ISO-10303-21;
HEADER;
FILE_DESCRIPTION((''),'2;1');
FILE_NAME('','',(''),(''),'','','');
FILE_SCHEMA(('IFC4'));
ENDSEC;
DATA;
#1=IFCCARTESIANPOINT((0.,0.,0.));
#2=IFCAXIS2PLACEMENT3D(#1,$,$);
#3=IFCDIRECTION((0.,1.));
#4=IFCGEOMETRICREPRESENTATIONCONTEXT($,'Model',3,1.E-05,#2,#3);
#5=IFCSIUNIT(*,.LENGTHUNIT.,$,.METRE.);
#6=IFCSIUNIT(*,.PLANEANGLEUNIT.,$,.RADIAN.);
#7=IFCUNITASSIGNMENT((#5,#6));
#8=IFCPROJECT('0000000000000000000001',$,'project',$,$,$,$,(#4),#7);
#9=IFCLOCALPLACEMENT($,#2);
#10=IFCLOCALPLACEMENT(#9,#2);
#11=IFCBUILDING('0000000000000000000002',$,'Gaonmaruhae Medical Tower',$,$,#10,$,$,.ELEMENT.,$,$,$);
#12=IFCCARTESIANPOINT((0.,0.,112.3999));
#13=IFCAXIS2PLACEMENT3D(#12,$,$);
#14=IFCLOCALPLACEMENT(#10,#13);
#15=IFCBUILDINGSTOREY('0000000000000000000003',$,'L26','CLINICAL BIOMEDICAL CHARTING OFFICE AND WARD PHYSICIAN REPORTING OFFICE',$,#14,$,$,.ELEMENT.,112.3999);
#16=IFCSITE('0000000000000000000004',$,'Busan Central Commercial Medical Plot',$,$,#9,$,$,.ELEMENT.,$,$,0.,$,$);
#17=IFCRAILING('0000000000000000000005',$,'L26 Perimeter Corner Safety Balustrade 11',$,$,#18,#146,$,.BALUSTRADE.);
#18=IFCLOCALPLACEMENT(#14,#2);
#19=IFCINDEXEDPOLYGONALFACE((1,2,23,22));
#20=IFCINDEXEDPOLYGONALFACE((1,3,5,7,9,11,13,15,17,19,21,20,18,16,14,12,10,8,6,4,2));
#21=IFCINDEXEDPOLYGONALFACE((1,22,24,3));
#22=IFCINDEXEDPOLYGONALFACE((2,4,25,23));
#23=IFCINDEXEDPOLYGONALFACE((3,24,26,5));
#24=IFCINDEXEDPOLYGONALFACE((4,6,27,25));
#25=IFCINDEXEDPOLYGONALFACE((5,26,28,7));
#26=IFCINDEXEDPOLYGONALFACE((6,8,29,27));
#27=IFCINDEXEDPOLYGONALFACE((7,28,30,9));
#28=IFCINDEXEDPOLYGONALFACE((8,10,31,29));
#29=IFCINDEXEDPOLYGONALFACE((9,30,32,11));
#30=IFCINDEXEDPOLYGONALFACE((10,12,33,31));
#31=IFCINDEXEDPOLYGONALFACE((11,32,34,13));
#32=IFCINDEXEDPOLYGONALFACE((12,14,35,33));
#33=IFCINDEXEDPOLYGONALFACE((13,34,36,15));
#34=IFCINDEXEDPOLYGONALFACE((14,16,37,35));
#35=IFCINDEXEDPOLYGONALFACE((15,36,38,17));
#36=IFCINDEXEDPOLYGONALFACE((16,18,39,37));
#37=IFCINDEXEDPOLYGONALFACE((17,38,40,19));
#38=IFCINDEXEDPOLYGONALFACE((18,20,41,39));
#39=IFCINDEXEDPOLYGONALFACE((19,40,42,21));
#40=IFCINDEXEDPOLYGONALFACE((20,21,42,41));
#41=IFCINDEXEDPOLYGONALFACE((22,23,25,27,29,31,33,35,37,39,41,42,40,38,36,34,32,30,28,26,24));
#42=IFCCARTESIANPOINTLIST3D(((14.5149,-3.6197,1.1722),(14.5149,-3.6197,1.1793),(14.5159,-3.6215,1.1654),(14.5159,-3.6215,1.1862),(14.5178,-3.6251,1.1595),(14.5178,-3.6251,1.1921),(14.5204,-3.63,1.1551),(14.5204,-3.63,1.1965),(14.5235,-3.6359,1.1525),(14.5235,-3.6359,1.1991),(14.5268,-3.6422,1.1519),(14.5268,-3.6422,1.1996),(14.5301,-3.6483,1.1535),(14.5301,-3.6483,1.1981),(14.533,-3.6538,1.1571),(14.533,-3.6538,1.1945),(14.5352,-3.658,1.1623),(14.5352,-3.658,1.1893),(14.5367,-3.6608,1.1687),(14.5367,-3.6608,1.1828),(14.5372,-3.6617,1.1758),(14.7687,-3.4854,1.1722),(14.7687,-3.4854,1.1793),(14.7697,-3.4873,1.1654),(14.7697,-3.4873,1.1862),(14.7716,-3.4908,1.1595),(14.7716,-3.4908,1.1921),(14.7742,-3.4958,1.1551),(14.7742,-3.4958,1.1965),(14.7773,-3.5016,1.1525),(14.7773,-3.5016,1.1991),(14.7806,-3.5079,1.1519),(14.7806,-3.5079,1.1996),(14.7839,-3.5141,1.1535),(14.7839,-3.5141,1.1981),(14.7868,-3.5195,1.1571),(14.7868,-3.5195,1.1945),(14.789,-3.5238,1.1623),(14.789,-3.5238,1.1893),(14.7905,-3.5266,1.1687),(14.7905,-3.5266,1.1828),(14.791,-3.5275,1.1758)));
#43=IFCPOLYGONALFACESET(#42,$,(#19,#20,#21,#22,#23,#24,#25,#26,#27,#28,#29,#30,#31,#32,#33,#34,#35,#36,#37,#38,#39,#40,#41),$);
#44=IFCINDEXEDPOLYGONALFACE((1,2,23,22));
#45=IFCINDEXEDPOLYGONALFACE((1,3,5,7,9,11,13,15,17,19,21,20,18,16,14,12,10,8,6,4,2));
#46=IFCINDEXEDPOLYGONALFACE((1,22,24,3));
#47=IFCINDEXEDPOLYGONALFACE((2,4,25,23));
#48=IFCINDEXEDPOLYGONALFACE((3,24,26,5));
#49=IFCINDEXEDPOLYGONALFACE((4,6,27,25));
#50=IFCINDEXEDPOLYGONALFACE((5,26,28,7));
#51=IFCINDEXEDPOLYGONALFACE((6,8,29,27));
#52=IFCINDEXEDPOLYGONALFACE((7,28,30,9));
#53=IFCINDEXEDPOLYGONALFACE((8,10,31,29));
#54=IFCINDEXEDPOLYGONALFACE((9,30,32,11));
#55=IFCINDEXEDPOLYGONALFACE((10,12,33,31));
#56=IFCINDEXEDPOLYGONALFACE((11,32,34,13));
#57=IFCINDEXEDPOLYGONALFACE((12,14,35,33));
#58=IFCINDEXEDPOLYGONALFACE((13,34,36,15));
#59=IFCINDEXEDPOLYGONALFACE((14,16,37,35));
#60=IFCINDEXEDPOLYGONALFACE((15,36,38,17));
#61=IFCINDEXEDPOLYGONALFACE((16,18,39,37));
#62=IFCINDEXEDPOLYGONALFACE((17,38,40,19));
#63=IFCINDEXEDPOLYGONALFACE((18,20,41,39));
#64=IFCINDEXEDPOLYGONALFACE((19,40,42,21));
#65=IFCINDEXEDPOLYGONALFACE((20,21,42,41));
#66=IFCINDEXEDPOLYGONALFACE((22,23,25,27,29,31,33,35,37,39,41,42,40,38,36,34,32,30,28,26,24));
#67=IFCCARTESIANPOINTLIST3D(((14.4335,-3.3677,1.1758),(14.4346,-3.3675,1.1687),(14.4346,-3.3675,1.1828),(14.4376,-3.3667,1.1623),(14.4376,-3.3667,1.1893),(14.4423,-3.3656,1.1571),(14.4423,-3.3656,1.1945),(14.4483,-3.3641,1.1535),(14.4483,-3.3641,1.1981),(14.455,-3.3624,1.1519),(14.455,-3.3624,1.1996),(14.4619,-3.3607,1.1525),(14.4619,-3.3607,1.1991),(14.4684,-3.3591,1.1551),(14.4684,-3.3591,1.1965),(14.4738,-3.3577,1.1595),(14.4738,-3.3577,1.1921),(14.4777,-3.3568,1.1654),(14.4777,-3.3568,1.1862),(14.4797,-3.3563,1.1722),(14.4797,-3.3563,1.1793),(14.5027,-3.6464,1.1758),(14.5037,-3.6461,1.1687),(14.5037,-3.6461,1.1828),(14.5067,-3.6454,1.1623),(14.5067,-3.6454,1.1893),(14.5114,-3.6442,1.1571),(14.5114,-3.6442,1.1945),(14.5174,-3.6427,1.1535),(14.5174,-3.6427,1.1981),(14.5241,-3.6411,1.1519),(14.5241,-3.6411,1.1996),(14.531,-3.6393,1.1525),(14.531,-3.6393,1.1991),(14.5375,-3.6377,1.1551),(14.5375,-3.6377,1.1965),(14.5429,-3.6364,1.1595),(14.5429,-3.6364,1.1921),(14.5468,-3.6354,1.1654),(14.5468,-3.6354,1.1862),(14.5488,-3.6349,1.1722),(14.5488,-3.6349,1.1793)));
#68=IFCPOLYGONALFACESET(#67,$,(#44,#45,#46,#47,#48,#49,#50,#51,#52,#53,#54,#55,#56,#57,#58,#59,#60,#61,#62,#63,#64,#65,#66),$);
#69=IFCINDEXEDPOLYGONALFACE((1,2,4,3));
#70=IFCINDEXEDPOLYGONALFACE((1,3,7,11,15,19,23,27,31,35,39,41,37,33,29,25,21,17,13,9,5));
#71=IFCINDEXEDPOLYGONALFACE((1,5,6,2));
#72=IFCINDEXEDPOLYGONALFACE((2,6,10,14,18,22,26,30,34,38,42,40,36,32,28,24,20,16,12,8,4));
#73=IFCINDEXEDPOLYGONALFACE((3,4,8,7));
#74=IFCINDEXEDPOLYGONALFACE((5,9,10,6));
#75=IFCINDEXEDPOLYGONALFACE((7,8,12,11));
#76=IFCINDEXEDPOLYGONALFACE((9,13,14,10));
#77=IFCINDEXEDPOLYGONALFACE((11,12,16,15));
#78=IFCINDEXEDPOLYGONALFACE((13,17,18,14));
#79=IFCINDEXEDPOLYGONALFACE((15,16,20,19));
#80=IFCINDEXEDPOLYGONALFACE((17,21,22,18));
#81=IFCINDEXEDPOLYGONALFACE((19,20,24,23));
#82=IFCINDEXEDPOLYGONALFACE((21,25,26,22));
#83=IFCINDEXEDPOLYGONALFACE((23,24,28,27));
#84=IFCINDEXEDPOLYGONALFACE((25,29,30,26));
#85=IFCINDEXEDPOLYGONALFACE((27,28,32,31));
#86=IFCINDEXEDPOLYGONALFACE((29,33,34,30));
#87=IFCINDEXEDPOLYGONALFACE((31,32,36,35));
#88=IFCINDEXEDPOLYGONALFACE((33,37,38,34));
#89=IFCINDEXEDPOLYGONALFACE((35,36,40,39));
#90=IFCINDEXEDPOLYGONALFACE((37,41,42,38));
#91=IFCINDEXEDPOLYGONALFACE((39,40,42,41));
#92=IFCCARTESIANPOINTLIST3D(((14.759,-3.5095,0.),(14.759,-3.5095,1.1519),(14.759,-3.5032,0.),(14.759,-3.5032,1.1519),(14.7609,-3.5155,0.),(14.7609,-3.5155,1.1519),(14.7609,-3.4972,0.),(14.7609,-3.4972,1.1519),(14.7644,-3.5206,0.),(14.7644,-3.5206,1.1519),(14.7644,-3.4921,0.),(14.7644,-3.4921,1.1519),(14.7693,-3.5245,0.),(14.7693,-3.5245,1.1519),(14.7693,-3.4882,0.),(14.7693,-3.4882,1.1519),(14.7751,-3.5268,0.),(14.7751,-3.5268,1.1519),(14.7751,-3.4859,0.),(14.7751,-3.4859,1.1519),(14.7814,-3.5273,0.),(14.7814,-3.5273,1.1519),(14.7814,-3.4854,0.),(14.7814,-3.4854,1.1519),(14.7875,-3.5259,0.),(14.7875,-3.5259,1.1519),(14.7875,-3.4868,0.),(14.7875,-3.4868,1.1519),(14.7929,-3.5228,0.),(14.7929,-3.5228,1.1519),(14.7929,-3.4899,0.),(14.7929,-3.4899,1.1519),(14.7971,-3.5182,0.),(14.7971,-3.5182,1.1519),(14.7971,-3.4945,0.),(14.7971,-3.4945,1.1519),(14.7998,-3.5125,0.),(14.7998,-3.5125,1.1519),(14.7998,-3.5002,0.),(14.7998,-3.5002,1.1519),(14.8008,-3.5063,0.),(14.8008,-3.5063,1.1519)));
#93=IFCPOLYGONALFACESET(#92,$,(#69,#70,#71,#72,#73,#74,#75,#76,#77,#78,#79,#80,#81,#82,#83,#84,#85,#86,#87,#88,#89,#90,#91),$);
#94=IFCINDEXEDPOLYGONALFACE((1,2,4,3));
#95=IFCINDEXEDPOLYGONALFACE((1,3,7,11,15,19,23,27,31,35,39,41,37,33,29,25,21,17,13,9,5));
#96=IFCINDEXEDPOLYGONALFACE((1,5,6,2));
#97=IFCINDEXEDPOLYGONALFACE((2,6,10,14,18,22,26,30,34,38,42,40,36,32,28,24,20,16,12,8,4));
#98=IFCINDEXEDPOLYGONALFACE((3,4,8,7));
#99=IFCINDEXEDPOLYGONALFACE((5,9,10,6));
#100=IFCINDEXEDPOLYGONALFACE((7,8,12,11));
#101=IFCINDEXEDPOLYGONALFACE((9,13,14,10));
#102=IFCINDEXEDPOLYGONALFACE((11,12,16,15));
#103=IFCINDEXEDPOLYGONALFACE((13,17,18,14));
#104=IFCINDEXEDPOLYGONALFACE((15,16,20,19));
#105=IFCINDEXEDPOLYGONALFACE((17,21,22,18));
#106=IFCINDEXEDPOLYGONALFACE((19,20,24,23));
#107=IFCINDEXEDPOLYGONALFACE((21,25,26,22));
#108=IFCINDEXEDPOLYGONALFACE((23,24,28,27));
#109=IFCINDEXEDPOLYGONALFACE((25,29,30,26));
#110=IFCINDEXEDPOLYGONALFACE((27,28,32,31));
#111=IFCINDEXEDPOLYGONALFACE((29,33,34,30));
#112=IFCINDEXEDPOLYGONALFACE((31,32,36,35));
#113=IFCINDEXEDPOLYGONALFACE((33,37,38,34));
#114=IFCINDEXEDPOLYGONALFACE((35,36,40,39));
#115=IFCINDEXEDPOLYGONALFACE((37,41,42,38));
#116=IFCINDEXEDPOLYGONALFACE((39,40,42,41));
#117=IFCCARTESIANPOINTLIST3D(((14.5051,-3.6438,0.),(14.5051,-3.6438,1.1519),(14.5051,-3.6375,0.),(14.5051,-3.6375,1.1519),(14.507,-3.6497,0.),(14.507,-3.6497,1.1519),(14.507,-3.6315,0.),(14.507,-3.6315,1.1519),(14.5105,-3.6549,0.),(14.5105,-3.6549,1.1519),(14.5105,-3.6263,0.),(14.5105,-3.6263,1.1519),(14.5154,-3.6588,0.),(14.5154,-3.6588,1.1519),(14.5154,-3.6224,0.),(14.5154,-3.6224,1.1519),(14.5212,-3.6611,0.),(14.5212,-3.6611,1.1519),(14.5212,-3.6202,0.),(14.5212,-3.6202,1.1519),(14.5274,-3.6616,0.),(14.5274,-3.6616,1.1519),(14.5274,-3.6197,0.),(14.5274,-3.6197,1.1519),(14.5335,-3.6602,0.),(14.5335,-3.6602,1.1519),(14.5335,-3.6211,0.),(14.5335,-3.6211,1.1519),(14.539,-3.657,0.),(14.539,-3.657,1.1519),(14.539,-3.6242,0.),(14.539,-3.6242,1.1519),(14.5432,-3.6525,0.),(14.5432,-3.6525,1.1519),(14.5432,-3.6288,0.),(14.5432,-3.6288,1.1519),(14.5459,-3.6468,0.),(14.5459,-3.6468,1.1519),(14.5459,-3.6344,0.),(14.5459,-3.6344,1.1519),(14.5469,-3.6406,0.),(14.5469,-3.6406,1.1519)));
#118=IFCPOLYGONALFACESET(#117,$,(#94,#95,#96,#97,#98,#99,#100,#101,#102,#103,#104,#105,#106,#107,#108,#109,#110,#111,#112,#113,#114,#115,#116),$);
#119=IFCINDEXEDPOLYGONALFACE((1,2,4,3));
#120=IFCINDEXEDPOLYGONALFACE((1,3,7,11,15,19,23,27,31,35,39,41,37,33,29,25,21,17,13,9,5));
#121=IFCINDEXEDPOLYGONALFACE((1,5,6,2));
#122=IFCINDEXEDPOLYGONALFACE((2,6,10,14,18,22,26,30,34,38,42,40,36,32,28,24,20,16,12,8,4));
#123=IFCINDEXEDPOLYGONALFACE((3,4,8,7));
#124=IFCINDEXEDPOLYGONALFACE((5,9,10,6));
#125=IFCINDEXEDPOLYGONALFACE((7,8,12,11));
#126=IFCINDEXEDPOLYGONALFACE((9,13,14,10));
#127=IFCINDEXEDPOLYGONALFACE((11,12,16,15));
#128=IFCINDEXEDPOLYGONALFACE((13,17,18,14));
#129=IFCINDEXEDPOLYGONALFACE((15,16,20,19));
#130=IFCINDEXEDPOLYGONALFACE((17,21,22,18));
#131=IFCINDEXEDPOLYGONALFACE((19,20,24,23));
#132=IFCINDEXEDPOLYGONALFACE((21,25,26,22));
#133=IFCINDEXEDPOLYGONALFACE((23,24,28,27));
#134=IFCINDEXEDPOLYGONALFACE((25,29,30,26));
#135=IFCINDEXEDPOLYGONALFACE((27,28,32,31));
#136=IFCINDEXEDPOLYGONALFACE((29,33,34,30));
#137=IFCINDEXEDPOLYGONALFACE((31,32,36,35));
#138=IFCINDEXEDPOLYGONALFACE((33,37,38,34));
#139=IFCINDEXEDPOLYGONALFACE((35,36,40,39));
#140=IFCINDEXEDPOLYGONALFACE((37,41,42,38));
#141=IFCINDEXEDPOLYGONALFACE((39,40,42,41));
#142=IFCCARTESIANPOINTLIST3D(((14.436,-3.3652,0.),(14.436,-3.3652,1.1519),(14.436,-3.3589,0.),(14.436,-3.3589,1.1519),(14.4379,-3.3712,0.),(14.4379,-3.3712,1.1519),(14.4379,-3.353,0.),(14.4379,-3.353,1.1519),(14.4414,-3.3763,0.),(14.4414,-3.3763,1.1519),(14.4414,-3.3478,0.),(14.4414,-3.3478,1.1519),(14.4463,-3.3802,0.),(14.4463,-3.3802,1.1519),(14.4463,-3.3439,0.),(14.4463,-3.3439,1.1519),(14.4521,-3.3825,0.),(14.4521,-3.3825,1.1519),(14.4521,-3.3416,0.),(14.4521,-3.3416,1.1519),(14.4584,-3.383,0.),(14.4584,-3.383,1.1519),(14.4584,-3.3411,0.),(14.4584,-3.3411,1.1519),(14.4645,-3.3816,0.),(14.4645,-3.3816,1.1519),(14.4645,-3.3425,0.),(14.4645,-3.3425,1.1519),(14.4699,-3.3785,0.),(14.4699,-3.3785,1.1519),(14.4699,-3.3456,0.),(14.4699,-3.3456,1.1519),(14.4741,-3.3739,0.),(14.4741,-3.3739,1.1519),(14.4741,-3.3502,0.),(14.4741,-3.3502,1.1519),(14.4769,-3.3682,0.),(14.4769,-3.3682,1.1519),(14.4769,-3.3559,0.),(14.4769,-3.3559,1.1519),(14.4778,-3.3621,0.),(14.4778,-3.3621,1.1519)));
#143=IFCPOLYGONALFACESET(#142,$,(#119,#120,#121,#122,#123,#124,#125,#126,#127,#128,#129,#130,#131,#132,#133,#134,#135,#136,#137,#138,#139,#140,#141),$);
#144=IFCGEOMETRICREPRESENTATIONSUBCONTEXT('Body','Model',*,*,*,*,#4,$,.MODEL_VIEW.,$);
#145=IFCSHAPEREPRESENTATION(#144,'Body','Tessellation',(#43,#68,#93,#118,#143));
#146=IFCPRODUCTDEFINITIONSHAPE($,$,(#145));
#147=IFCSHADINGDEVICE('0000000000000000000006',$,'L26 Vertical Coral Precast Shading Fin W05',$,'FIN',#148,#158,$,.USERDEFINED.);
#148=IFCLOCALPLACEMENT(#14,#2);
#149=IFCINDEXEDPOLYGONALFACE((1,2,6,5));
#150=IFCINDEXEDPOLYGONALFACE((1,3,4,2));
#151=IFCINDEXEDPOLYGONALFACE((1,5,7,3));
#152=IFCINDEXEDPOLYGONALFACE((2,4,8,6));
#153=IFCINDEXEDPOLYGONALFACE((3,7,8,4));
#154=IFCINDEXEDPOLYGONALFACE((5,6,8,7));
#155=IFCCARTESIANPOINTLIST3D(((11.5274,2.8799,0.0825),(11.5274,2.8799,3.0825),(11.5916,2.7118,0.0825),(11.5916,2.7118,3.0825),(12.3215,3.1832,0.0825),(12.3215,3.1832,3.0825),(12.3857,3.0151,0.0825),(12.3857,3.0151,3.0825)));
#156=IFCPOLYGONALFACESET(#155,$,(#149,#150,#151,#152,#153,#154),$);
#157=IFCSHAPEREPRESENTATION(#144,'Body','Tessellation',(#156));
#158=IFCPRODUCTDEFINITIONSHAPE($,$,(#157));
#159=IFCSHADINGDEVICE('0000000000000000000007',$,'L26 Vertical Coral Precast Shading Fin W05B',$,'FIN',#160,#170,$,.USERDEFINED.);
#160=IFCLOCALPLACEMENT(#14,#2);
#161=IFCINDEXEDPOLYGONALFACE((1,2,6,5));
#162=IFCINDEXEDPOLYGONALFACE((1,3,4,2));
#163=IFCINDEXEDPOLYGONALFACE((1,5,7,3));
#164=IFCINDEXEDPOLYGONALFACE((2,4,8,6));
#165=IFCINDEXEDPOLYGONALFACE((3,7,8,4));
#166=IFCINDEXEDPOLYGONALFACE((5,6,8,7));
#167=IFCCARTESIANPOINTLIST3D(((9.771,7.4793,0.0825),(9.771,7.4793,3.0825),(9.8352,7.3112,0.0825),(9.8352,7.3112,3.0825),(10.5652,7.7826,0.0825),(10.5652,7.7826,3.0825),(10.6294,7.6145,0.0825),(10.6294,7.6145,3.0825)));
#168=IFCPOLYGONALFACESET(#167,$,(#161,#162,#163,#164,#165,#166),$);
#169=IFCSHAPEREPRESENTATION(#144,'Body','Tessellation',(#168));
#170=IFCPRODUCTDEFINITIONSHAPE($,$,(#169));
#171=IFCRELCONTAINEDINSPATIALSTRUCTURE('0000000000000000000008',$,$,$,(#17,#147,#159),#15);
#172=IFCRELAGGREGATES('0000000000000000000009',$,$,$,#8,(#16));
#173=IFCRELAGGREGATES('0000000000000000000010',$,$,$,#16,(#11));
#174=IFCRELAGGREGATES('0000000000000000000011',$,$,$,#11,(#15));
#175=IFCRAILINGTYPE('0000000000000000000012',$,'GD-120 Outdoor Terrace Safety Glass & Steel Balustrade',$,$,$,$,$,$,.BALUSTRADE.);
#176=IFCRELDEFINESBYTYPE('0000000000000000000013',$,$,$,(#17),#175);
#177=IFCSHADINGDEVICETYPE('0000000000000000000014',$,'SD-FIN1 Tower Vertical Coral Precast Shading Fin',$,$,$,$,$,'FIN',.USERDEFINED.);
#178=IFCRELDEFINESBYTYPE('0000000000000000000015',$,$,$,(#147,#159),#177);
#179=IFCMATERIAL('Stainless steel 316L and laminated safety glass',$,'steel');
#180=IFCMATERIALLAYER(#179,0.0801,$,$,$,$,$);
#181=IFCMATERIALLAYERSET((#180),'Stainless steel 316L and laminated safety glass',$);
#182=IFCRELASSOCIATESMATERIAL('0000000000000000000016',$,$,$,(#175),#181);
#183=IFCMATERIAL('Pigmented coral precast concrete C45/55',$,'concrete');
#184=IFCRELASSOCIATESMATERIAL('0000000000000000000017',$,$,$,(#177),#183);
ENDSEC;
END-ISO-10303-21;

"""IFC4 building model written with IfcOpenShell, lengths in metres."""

from ifc_helpers import new_model, si_unit, direction, frame, origin, origin_2d, place, context, subcontext, project, spatial, rectangle, circle, extrude, material, layer, layer_set, type_object, element, save


model = new_model("IFC4")

# Units and contexts
model_context = context("Model", 3, precision=1e-05, world=origin(), true_north=direction((0.0, 1.0)))
body_context = subcontext(model_context, "Body", "Model", "MODEL_VIEW")
ifc_project = project(units=[si_unit("LENGTHUNIT", "METRE"), si_unit("PLANEANGLEUNIT", "RADIAN")], contexts=[model_context])

# Site, building, storey
site_placement = place(None, origin())
site = spatial("IfcSite", under=ifc_project, at=site_placement, Name="Busan Central Commercial Medical Plot", CompositionType="ELEMENT", RefElevation=0.0)
building_placement = place(site_placement, origin())
building = spatial("IfcBuilding", under=site, at=building_placement, Name="Gaonmaruhae Medical Tower", CompositionType="ELEMENT")
storey_placement = place(building_placement, frame((0.0, 0.0, 112.3999)))
storey = spatial("IfcBuildingStorey", under=building, at=storey_placement, Name="L26", Description="CLINICAL BIOMEDICAL CHARTING OFFICE AND WARD PHYSICIAN REPORTING OFFICE", CompositionType="ELEMENT", Elevation=112.3999)

# Railing
ifc_material_1 = material(Name="Stainless steel 316L and laminated safety glass", Category="steel")
ifc_layer_1 = layer(ifc_material_1, 0.0801)
ifc_layer_set_1 = layer_set([ifc_layer_1], Name="Stainless steel 316L and laminated safety glass")
railing_type = type_object("IfcRailingType", Name="GD-120 Outdoor Terrace Safety Glass & Steel Balustrade", PredefinedType="BALUSTRADE", material=ifc_layer_set_1)
railing_1_placement = place(storey_placement, frame((14.7798, -3.5063, 0.0)))
element("IfcRailing", 1, at=railing_1_placement, inside=storey, type_object=railing_type, Name="L26 Perimeter Corner Safety Balustrade 11", PredefinedType="BALUSTRADE", context=body_context, shape_type="SweptSolid", body=[
    extrude(circle(Radius=0.0239, at=origin_2d()), frame((0.0, 0.0, 1.1758), z_axis=(-0.883995, -0.467497, 0.0), x_axis=(0.467497, -0.883995, 0.0)), (0.0, 0.0, 1.0), 0.2871),
    extrude(circle(Radius=0.0239, at=origin_2d()), frame((-0.2539, -0.1343, 1.1758), z_axis=(-0.240734, 0.970591, 0.0), x_axis=(-0.970591, -0.240734, 0.0)), (0.0, 0.0, 1.0), 0.2871),
    extrude(circle(Radius=0.021, at=origin_2d()), origin(), (0.0, 0.0, 1.0), 1.1519),
    extrude(circle(Radius=0.021, at=origin_2d()), frame((-0.2539, -0.1343, 0.0)), (0.0, 0.0, 1.0), 1.1519),
    extrude(circle(Radius=0.021, at=origin_2d()), frame((-0.323, 0.1443, 0.0)), (0.0, 0.0, 1.0), 1.1519),
])

# Shading devices
ifc_material_2 = material(Name="Pigmented coral precast concrete C45/55", Category="concrete")
shading_device_type = type_object("IfcShadingDeviceType", Name="SD-FIN1 Tower Vertical Coral Precast Shading Fin", ElementType="FIN", PredefinedType="USERDEFINED", material=ifc_material_2)
for number, where, z_axis, x_axis, name in (
    (2, (11.9565, 2.9475, 0.0825), (0.0, 0.0, 1.0), (-0.356738, 0.934204, 0.0), "L26 Vertical Coral Precast Shading Fin W05"),
    (3, (10.2002, 7.5469, 0.0825), (0.0, 0.0, 1.0), (-0.356738, 0.934204, 0.0), "L26 Vertical Coral Precast Shading Fin W05B"),
):
    element("IfcShadingDevice", number, at=place(storey_placement, frame(where, z_axis=z_axis, x_axis=x_axis)), inside=storey, type_object=shading_device_type, Name=name, ObjectType="FIN", PredefinedType="USERDEFINED", context=body_context, shape_type="SweptSolid", body=[
        extrude(rectangle(XDim=0.1799, YDim=0.8501, at=origin_2d()), origin(), (0.0, 0.0, 1.0), 3.0),
    ])

save(model, "model.ifc")
